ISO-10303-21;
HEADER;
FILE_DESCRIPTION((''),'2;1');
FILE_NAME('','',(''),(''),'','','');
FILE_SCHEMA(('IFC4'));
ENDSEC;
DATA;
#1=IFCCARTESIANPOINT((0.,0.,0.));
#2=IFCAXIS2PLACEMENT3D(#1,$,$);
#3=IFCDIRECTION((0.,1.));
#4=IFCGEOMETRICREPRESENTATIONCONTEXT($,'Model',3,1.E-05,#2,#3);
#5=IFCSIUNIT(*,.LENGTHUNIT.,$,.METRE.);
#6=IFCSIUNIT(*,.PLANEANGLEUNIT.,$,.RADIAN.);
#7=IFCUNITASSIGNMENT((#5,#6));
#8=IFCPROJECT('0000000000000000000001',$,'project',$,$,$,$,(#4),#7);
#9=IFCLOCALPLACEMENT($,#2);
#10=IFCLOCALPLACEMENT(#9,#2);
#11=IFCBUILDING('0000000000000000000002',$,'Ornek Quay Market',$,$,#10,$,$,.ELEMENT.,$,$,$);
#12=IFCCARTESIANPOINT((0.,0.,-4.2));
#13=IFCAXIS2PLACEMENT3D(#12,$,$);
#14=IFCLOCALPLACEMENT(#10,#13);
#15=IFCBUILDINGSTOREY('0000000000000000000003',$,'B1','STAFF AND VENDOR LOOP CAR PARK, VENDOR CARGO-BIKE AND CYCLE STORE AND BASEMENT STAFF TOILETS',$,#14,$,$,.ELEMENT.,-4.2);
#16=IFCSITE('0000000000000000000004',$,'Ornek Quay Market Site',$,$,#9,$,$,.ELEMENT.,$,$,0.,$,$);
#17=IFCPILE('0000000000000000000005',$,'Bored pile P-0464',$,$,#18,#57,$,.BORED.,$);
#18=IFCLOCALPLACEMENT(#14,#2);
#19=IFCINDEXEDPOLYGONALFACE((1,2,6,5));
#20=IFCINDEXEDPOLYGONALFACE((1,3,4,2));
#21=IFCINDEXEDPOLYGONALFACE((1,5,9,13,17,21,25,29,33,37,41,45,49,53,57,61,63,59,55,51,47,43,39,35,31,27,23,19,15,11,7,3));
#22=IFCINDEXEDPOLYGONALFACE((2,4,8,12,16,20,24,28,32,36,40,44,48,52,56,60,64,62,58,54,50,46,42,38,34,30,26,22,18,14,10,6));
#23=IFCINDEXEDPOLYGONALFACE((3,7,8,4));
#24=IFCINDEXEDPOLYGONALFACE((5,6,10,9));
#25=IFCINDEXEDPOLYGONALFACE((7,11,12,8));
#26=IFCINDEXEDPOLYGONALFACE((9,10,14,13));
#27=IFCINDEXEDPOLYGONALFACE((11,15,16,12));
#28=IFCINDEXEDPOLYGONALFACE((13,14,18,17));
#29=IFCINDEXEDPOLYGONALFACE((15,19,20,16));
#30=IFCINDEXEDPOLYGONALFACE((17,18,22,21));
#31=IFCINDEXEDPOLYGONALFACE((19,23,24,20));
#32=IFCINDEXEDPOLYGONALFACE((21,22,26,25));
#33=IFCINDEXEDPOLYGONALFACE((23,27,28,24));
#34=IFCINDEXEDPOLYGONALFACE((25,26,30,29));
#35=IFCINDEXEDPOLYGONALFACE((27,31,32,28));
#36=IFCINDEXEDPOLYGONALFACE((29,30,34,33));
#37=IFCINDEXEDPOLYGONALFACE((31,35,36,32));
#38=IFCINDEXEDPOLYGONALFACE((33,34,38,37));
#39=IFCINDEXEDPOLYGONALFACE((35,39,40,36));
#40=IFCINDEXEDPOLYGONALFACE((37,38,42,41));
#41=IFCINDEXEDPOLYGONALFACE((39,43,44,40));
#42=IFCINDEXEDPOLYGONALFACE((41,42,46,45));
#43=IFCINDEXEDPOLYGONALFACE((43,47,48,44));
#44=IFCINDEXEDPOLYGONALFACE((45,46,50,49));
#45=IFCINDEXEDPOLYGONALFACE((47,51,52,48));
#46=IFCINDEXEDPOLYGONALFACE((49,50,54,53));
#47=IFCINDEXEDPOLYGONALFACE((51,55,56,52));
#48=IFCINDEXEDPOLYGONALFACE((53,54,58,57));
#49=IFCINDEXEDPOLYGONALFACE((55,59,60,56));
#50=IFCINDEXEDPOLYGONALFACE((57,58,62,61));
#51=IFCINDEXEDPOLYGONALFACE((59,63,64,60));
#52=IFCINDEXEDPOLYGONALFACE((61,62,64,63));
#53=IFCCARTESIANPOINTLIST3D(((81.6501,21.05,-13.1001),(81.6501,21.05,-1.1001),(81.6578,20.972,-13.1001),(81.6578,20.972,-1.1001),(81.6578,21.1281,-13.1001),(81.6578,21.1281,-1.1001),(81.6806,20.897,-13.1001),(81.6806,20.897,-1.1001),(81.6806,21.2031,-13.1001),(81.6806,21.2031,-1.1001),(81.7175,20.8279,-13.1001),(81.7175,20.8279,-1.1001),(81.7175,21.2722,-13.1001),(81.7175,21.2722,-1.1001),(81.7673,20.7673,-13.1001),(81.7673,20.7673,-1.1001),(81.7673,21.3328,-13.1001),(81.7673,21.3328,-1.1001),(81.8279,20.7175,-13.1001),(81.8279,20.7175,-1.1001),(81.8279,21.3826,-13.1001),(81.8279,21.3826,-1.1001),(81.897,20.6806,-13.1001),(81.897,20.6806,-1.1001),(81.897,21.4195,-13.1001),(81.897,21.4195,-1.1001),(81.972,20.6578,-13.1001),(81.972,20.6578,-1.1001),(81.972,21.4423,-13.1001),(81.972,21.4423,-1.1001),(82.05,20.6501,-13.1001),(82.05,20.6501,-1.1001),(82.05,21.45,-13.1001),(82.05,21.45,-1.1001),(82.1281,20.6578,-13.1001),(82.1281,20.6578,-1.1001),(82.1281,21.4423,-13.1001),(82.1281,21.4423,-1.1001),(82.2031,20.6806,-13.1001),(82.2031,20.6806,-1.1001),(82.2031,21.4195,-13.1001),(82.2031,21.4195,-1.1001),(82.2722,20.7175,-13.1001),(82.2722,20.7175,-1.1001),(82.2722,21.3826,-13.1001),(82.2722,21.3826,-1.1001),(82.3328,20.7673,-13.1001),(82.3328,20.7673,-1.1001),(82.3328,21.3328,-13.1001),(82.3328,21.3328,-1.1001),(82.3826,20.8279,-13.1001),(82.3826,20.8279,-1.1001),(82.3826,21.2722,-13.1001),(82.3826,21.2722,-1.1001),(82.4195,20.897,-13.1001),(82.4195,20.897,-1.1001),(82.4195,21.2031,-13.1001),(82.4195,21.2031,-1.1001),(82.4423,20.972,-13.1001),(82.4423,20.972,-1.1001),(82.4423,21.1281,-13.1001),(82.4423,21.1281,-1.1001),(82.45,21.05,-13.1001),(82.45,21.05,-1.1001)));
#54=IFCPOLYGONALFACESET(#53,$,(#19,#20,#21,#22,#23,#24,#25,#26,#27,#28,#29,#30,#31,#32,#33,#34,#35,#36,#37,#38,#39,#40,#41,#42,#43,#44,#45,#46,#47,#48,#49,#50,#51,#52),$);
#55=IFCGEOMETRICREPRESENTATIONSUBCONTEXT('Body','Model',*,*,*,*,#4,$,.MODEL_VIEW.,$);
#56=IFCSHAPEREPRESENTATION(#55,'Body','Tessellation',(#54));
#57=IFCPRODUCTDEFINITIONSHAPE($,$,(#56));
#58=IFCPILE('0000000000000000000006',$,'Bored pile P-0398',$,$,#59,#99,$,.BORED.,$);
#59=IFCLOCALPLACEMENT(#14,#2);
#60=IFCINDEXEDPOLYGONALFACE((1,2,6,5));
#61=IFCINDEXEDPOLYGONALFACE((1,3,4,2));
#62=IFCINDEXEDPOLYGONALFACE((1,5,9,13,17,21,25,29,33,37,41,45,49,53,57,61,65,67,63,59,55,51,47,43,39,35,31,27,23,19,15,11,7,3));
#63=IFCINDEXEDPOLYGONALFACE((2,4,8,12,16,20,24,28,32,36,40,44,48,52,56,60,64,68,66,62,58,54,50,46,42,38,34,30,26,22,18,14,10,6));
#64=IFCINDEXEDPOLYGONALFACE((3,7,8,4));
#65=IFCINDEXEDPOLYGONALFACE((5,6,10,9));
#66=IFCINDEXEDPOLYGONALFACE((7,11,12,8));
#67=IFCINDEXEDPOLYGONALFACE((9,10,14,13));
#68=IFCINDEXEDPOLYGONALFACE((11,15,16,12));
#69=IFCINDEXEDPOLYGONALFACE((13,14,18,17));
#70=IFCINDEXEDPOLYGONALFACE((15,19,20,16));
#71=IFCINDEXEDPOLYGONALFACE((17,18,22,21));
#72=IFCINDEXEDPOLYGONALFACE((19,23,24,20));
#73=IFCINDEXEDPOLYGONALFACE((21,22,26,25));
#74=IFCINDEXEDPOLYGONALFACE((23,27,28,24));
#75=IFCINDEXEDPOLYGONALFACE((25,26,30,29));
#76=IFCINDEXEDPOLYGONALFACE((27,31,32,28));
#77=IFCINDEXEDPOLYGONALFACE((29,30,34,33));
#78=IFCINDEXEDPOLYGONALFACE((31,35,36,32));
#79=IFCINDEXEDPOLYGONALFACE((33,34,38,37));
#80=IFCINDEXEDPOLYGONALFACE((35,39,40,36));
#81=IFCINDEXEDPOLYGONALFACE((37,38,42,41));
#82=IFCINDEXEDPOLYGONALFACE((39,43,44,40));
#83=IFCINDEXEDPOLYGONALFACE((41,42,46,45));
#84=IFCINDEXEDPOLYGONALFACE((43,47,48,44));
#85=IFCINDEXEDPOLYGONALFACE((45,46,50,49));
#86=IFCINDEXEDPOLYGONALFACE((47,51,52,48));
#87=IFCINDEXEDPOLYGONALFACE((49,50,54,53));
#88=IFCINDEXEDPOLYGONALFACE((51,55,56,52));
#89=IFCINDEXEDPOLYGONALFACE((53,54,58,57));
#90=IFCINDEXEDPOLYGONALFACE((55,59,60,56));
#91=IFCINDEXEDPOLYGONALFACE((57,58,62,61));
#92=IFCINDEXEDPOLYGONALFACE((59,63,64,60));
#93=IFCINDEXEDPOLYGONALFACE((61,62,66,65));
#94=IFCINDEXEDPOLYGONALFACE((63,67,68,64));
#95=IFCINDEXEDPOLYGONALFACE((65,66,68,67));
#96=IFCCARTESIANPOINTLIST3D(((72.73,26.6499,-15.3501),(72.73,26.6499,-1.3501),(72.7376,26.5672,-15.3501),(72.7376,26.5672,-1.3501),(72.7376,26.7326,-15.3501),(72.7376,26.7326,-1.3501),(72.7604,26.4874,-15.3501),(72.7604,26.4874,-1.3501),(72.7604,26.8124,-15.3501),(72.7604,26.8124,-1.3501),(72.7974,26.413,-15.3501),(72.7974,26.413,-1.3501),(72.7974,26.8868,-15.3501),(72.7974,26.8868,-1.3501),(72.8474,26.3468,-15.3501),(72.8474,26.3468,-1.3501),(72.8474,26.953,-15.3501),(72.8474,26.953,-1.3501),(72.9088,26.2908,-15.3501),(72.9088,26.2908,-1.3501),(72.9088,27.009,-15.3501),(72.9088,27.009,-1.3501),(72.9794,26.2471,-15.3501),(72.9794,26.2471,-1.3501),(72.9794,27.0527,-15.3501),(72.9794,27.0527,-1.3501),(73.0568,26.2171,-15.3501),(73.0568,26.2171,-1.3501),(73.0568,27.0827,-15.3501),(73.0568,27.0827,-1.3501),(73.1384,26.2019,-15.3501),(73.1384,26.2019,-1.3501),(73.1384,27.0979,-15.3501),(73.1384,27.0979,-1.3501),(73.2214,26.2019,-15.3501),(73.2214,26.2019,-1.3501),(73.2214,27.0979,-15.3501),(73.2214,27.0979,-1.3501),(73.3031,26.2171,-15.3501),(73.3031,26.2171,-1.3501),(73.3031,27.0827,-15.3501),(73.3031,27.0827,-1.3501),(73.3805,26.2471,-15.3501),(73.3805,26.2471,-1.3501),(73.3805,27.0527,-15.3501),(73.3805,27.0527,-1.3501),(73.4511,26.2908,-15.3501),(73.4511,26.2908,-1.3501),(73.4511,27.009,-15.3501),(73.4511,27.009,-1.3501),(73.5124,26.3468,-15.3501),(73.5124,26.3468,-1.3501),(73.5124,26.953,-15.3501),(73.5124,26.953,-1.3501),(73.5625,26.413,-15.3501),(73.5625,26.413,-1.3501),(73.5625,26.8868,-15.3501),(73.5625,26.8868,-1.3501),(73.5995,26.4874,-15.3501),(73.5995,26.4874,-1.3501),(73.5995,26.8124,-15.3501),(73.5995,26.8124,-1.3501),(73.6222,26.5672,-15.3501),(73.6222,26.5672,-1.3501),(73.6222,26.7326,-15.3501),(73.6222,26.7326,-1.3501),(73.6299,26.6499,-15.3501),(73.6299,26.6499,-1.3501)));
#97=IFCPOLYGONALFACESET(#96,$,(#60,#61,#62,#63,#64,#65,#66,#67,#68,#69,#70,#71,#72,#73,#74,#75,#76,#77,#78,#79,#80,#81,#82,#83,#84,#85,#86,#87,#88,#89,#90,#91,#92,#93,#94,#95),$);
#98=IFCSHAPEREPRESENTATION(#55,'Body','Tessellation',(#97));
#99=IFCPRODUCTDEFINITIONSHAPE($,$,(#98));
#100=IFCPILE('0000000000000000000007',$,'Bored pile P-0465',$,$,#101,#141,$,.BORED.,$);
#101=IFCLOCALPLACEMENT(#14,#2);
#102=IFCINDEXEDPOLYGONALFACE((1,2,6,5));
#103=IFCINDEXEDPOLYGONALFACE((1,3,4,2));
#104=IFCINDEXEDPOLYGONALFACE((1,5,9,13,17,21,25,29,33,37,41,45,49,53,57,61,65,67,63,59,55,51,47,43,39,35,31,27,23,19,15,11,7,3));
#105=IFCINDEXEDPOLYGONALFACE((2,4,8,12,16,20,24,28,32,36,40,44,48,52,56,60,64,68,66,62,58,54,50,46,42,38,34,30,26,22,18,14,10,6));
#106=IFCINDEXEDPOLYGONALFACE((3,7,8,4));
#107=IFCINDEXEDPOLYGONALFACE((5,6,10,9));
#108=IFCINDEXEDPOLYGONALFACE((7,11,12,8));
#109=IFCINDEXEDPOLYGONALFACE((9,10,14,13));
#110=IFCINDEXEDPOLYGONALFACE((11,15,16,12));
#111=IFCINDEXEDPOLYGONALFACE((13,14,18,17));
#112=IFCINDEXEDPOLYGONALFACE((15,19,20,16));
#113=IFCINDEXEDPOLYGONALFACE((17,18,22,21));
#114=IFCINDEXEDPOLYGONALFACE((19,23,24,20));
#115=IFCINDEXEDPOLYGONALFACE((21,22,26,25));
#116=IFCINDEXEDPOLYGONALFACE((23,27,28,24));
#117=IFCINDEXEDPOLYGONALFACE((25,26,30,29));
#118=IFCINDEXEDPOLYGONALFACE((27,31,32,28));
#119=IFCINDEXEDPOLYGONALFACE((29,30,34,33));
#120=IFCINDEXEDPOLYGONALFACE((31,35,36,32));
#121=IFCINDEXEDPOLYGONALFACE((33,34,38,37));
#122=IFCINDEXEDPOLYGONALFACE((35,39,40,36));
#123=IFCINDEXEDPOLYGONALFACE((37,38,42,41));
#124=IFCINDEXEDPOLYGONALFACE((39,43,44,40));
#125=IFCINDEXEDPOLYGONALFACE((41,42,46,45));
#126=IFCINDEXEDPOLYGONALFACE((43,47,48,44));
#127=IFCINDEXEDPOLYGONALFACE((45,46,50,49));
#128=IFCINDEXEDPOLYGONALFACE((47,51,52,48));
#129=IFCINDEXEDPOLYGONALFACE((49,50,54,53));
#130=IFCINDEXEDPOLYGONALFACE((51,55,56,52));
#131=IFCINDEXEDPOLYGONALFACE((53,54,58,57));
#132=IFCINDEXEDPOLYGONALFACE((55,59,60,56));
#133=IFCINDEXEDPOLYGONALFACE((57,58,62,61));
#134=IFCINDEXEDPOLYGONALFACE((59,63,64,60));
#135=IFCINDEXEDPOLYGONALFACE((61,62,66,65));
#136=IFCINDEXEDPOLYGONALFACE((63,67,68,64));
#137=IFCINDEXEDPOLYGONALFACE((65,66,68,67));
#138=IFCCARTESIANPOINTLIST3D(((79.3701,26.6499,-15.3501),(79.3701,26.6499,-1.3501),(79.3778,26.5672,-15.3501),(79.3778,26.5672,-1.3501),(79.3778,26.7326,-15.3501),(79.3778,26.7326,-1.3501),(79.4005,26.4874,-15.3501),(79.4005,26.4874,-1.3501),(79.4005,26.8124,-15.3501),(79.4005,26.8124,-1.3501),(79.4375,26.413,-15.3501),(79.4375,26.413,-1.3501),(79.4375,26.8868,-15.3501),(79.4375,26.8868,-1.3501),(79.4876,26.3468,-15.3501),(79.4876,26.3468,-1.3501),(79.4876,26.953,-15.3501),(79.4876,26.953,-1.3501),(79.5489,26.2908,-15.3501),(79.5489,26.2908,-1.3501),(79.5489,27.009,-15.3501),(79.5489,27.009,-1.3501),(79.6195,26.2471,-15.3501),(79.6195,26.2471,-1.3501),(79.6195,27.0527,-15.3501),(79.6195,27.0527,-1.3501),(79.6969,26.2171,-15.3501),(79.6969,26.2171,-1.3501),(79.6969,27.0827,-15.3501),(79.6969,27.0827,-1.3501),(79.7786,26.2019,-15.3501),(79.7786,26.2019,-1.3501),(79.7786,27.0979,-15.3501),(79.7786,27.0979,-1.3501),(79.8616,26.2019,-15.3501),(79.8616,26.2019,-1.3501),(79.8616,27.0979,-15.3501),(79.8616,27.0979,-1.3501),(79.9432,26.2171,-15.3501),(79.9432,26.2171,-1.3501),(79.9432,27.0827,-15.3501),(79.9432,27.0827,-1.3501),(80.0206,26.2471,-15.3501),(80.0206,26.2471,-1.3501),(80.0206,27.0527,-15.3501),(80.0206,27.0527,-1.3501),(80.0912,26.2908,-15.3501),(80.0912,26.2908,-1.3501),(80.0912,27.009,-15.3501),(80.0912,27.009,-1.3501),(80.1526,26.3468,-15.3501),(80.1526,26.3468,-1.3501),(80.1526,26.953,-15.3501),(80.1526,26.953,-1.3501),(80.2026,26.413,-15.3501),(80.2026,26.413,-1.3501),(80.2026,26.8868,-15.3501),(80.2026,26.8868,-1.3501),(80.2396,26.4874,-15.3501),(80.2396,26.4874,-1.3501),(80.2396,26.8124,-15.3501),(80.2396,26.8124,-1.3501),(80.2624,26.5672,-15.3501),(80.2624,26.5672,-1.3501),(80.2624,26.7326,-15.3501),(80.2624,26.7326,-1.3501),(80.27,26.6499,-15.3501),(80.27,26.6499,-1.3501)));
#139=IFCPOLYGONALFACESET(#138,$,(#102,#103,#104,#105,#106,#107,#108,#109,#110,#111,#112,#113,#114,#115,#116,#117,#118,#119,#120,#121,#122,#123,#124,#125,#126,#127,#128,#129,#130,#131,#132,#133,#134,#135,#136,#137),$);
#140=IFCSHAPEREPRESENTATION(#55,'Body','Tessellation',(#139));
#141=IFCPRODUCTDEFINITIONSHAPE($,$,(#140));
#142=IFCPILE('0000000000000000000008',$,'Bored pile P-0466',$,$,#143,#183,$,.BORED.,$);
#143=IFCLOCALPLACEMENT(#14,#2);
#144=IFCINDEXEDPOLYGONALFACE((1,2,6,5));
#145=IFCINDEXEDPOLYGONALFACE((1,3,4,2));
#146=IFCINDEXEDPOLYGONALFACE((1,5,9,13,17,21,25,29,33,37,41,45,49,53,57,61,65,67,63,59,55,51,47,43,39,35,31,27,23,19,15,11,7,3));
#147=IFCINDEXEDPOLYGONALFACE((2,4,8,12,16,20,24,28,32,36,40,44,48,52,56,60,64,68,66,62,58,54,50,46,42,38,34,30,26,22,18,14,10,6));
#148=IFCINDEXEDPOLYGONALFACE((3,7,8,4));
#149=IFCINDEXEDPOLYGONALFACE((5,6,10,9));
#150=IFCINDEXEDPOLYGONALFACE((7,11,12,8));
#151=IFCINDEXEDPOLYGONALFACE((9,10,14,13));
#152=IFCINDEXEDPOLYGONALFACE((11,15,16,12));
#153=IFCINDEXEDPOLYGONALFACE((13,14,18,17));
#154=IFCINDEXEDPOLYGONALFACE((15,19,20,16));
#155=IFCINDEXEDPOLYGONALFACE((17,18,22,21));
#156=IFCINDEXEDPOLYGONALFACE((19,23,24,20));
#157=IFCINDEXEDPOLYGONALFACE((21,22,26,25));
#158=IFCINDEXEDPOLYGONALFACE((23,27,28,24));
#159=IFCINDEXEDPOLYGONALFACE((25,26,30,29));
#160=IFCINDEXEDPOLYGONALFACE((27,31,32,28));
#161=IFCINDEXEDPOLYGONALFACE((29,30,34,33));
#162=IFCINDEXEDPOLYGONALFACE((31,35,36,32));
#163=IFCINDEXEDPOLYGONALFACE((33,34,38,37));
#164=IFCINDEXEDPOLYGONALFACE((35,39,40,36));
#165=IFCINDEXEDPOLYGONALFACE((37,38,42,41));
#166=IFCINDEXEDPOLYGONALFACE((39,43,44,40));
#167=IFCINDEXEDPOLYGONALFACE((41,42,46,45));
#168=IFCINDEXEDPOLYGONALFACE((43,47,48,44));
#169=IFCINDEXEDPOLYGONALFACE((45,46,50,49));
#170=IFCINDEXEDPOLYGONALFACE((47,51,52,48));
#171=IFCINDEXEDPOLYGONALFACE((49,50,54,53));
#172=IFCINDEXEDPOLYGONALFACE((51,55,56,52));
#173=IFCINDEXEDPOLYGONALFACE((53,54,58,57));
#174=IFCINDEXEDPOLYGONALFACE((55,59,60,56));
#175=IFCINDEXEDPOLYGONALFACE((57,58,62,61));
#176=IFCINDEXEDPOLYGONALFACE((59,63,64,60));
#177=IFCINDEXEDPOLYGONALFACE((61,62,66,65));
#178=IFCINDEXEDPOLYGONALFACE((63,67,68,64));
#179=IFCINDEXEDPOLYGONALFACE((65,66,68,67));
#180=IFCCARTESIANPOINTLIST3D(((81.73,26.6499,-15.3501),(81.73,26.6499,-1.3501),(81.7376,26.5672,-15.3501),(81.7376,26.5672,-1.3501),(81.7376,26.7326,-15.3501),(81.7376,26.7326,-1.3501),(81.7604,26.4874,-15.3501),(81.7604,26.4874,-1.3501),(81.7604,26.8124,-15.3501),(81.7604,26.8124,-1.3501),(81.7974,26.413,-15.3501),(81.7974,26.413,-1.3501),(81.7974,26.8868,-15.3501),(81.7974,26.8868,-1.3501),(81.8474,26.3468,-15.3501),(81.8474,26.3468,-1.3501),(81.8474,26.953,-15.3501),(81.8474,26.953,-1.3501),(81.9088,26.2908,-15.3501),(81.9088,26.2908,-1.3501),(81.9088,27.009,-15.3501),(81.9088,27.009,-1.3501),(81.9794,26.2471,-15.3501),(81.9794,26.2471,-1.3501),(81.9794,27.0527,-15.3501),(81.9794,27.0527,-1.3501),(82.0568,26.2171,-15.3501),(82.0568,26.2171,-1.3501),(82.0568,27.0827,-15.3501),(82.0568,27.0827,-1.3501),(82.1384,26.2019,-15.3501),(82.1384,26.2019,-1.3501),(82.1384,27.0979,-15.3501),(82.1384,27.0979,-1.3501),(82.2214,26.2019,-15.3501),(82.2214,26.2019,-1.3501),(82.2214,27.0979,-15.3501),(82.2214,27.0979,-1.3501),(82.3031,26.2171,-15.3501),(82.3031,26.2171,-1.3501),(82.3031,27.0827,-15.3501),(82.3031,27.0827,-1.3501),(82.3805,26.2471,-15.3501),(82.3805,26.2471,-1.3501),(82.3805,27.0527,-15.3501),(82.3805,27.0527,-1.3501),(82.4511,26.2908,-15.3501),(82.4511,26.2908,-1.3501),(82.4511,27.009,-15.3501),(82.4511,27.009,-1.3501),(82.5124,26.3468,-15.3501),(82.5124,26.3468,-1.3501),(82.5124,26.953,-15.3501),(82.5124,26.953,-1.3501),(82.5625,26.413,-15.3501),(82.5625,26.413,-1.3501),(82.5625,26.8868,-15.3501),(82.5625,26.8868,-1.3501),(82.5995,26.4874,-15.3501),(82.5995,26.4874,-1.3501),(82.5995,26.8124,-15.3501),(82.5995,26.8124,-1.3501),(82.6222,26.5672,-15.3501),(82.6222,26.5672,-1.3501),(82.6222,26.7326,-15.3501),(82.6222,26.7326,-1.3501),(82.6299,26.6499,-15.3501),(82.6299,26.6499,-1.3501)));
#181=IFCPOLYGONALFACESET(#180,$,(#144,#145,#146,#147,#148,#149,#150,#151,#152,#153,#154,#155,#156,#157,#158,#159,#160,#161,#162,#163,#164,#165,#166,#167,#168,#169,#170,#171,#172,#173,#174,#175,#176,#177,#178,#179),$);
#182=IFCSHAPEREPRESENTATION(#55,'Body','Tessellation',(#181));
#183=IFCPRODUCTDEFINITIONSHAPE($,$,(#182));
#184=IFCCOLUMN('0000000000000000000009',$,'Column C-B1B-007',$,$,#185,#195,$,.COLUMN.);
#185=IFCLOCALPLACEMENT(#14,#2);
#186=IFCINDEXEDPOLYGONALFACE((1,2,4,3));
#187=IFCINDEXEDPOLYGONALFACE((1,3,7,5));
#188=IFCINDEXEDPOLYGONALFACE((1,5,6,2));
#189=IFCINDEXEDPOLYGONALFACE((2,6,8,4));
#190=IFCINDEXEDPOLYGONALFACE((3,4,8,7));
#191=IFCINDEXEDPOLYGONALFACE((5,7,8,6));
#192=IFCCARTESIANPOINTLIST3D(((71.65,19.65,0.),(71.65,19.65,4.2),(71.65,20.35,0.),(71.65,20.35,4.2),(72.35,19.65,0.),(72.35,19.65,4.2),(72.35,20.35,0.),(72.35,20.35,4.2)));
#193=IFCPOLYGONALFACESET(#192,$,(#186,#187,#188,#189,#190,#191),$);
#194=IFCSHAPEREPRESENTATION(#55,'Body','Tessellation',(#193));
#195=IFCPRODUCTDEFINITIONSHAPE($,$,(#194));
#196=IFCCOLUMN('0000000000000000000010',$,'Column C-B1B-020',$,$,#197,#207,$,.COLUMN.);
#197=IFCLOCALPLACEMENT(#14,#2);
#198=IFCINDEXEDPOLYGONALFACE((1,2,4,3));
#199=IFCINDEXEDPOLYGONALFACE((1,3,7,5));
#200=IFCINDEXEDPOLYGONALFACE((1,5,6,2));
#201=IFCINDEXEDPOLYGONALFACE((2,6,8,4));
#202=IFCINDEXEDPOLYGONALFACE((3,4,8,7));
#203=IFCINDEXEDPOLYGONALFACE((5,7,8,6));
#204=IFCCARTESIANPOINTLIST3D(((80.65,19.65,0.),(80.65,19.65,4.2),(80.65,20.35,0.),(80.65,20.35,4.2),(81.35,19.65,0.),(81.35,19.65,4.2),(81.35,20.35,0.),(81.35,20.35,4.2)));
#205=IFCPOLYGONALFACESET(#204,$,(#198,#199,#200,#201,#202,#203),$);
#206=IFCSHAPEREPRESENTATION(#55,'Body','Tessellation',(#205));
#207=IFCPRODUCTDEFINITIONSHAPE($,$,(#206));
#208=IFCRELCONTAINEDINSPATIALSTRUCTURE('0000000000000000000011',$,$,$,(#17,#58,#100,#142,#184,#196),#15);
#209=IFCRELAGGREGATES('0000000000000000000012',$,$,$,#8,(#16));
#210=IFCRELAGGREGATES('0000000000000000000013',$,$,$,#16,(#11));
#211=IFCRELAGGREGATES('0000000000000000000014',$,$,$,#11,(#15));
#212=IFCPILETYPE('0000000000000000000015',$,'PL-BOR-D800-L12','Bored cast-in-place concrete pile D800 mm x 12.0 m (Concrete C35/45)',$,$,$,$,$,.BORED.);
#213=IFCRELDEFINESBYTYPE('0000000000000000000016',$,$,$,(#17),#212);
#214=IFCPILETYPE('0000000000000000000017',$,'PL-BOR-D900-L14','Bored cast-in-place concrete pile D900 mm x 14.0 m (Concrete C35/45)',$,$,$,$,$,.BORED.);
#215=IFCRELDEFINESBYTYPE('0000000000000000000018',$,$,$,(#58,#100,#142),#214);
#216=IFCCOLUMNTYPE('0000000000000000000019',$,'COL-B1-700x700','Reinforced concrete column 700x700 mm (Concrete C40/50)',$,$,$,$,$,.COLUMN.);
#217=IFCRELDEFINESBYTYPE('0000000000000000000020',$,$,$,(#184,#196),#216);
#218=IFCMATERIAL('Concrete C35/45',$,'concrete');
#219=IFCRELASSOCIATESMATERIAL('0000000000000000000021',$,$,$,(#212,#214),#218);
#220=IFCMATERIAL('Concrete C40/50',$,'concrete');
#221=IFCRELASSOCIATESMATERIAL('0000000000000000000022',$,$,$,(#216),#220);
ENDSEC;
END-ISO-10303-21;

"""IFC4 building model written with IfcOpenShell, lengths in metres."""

from ifc_helpers import new_model, si_unit, direction, frame, origin, origin_2d, place, context, subcontext, project, spatial, rectangle, circle, extrude, material, material_profile, profile_set, type_object, element, save


model = new_model("IFC4")

# Units and contexts
model_context = context("Model", 3, precision=1e-05, world=origin(), true_north=direction((0.0, 1.0)))
body_context = subcontext(model_context, "Body", "Model", "MODEL_VIEW")
ifc_project = project(units=[si_unit("LENGTHUNIT", "METRE"), si_unit("PLANEANGLEUNIT", "RADIAN")], contexts=[model_context])

# Site, building, storey
site_placement = place(None, origin())
site = spatial("IfcSite", under=ifc_project, at=site_placement, Name="Ornek Quay Market Site", CompositionType="ELEMENT", RefElevation=0.0)
building_placement = place(site_placement, origin())
building = spatial("IfcBuilding", under=site, at=building_placement, Name="Ornek Quay Market", CompositionType="ELEMENT")
storey_placement = place(building_placement, frame((0.0, 0.0, -4.2)))
storey = spatial("IfcBuildingStorey", under=building, at=storey_placement, Name="B1", Description="STAFF AND VENDOR LOOP CAR PARK, VENDOR CARGO-BIKE AND CYCLE STORE AND BASEMENT STAFF TOILETS", CompositionType="ELEMENT", Elevation=-4.2)

# Piles
ifc_material_1 = material(Name="Concrete C35/45", Category="concrete")
ifc_material_profile_1 = material_profile(ifc_material_1, circle(Radius=0.3999, at=origin_2d()), Name="PILE D800", Category="concrete")
ifc_profile_set_1 = profile_set([ifc_material_profile_1], Name="Concrete C35/45")
pile_type_1 = type_object("IfcPileType", Name="PL-BOR-D800-L12", Description="Bored cast-in-place concrete pile D800 mm x 12.0 m (Concrete C35/45)", PredefinedType="BORED", material=ifc_profile_set_1)
for number, where, z_axis, x_axis, name in (
    (1, (82.05, 21.05, -1.1001), (0.0, 0.0, -1.0), (1.0, 0.0, 0.0), "Bored pile P-0464"),
):
    element("IfcPile", number, at=place(storey_placement, frame(where, z_axis=z_axis, x_axis=x_axis)), inside=storey, type_object=pile_type_1, Name=name, PredefinedType="BORED", context=body_context, shape_type="SweptSolid", body=[
        extrude(circle(Radius=0.3999, at=origin_2d()), origin(), (0.0, 0.0, 1.0), 12.0),
    ])
ifc_material_profile_2 = material_profile(ifc_material_1, circle(Radius=0.45, at=origin_2d()), Name="PILE D900", Category="concrete")
ifc_profile_set_2 = profile_set([ifc_material_profile_2], Name="Concrete C35/45")
pile_type_2 = type_object("IfcPileType", Name="PL-BOR-D900-L14", Description="Bored cast-in-place concrete pile D900 mm x 14.0 m (Concrete C35/45)", PredefinedType="BORED", material=ifc_profile_set_2)
for number, where, z_axis, x_axis, name in (
    (2, (73.1799, 26.6499, -1.3501), (0.0, 0.0, -1.0), (1.0, 0.0, 0.0), "Bored pile P-0398"),
    (3, (79.8201, 26.6499, -1.3501), (0.0, 0.0, -1.0), (1.0, 0.0, 0.0), "Bored pile P-0465"),
    (4, (82.1799, 26.6499, -1.3501), (0.0, 0.0, -1.0), (1.0, 0.0, 0.0), "Bored pile P-0466"),
):
    element("IfcPile", number, at=place(storey_placement, frame(where, z_axis=z_axis, x_axis=x_axis)), inside=storey, type_object=pile_type_2, Name=name, PredefinedType="BORED", context=body_context, shape_type="SweptSolid", body=[
        extrude(circle(Radius=0.45, at=origin_2d()), origin(), (0.0, 0.0, 1.0), 14.0),
    ])

# Columns
ifc_material_2 = material(Name="Concrete C40/50", Category="concrete")
ifc_material_profile_3 = material_profile(ifc_material_2, rectangle(XDim=0.7, YDim=0.7, at=origin_2d()), Name="RC 700x700", Category="concrete")
ifc_profile_set_3 = profile_set([ifc_material_profile_3], Name="Concrete C40/50")
column_type = type_object("IfcColumnType", Name="COL-B1-700x700", Description="Reinforced concrete column 700x700 mm (Concrete C40/50)", PredefinedType="COLUMN", material=ifc_profile_set_3)
for number, where, z_axis, x_axis, name in (
    (5, (72.0, 20.0, 0.0), (0.0, 0.0, 1.0), (1.0, 0.0, 0.0), "Column C-B1B-007"),
    (6, (81.0, 20.0, 0.0), (0.0, 0.0, 1.0), (1.0, 0.0, 0.0), "Column C-B1B-020"),
):
    element("IfcColumn", number, at=place(storey_placement, frame(where, z_axis=z_axis, x_axis=x_axis)), inside=storey, type_object=column_type, Name=name, PredefinedType="COLUMN", context=body_context, shape_type="SweptSolid", body=[
        extrude(rectangle(XDim=0.7, YDim=0.7, at=origin_2d()), origin(), (0.0, 0.0, 1.0), 4.2),
    ])

save(model, "model.ifc")
